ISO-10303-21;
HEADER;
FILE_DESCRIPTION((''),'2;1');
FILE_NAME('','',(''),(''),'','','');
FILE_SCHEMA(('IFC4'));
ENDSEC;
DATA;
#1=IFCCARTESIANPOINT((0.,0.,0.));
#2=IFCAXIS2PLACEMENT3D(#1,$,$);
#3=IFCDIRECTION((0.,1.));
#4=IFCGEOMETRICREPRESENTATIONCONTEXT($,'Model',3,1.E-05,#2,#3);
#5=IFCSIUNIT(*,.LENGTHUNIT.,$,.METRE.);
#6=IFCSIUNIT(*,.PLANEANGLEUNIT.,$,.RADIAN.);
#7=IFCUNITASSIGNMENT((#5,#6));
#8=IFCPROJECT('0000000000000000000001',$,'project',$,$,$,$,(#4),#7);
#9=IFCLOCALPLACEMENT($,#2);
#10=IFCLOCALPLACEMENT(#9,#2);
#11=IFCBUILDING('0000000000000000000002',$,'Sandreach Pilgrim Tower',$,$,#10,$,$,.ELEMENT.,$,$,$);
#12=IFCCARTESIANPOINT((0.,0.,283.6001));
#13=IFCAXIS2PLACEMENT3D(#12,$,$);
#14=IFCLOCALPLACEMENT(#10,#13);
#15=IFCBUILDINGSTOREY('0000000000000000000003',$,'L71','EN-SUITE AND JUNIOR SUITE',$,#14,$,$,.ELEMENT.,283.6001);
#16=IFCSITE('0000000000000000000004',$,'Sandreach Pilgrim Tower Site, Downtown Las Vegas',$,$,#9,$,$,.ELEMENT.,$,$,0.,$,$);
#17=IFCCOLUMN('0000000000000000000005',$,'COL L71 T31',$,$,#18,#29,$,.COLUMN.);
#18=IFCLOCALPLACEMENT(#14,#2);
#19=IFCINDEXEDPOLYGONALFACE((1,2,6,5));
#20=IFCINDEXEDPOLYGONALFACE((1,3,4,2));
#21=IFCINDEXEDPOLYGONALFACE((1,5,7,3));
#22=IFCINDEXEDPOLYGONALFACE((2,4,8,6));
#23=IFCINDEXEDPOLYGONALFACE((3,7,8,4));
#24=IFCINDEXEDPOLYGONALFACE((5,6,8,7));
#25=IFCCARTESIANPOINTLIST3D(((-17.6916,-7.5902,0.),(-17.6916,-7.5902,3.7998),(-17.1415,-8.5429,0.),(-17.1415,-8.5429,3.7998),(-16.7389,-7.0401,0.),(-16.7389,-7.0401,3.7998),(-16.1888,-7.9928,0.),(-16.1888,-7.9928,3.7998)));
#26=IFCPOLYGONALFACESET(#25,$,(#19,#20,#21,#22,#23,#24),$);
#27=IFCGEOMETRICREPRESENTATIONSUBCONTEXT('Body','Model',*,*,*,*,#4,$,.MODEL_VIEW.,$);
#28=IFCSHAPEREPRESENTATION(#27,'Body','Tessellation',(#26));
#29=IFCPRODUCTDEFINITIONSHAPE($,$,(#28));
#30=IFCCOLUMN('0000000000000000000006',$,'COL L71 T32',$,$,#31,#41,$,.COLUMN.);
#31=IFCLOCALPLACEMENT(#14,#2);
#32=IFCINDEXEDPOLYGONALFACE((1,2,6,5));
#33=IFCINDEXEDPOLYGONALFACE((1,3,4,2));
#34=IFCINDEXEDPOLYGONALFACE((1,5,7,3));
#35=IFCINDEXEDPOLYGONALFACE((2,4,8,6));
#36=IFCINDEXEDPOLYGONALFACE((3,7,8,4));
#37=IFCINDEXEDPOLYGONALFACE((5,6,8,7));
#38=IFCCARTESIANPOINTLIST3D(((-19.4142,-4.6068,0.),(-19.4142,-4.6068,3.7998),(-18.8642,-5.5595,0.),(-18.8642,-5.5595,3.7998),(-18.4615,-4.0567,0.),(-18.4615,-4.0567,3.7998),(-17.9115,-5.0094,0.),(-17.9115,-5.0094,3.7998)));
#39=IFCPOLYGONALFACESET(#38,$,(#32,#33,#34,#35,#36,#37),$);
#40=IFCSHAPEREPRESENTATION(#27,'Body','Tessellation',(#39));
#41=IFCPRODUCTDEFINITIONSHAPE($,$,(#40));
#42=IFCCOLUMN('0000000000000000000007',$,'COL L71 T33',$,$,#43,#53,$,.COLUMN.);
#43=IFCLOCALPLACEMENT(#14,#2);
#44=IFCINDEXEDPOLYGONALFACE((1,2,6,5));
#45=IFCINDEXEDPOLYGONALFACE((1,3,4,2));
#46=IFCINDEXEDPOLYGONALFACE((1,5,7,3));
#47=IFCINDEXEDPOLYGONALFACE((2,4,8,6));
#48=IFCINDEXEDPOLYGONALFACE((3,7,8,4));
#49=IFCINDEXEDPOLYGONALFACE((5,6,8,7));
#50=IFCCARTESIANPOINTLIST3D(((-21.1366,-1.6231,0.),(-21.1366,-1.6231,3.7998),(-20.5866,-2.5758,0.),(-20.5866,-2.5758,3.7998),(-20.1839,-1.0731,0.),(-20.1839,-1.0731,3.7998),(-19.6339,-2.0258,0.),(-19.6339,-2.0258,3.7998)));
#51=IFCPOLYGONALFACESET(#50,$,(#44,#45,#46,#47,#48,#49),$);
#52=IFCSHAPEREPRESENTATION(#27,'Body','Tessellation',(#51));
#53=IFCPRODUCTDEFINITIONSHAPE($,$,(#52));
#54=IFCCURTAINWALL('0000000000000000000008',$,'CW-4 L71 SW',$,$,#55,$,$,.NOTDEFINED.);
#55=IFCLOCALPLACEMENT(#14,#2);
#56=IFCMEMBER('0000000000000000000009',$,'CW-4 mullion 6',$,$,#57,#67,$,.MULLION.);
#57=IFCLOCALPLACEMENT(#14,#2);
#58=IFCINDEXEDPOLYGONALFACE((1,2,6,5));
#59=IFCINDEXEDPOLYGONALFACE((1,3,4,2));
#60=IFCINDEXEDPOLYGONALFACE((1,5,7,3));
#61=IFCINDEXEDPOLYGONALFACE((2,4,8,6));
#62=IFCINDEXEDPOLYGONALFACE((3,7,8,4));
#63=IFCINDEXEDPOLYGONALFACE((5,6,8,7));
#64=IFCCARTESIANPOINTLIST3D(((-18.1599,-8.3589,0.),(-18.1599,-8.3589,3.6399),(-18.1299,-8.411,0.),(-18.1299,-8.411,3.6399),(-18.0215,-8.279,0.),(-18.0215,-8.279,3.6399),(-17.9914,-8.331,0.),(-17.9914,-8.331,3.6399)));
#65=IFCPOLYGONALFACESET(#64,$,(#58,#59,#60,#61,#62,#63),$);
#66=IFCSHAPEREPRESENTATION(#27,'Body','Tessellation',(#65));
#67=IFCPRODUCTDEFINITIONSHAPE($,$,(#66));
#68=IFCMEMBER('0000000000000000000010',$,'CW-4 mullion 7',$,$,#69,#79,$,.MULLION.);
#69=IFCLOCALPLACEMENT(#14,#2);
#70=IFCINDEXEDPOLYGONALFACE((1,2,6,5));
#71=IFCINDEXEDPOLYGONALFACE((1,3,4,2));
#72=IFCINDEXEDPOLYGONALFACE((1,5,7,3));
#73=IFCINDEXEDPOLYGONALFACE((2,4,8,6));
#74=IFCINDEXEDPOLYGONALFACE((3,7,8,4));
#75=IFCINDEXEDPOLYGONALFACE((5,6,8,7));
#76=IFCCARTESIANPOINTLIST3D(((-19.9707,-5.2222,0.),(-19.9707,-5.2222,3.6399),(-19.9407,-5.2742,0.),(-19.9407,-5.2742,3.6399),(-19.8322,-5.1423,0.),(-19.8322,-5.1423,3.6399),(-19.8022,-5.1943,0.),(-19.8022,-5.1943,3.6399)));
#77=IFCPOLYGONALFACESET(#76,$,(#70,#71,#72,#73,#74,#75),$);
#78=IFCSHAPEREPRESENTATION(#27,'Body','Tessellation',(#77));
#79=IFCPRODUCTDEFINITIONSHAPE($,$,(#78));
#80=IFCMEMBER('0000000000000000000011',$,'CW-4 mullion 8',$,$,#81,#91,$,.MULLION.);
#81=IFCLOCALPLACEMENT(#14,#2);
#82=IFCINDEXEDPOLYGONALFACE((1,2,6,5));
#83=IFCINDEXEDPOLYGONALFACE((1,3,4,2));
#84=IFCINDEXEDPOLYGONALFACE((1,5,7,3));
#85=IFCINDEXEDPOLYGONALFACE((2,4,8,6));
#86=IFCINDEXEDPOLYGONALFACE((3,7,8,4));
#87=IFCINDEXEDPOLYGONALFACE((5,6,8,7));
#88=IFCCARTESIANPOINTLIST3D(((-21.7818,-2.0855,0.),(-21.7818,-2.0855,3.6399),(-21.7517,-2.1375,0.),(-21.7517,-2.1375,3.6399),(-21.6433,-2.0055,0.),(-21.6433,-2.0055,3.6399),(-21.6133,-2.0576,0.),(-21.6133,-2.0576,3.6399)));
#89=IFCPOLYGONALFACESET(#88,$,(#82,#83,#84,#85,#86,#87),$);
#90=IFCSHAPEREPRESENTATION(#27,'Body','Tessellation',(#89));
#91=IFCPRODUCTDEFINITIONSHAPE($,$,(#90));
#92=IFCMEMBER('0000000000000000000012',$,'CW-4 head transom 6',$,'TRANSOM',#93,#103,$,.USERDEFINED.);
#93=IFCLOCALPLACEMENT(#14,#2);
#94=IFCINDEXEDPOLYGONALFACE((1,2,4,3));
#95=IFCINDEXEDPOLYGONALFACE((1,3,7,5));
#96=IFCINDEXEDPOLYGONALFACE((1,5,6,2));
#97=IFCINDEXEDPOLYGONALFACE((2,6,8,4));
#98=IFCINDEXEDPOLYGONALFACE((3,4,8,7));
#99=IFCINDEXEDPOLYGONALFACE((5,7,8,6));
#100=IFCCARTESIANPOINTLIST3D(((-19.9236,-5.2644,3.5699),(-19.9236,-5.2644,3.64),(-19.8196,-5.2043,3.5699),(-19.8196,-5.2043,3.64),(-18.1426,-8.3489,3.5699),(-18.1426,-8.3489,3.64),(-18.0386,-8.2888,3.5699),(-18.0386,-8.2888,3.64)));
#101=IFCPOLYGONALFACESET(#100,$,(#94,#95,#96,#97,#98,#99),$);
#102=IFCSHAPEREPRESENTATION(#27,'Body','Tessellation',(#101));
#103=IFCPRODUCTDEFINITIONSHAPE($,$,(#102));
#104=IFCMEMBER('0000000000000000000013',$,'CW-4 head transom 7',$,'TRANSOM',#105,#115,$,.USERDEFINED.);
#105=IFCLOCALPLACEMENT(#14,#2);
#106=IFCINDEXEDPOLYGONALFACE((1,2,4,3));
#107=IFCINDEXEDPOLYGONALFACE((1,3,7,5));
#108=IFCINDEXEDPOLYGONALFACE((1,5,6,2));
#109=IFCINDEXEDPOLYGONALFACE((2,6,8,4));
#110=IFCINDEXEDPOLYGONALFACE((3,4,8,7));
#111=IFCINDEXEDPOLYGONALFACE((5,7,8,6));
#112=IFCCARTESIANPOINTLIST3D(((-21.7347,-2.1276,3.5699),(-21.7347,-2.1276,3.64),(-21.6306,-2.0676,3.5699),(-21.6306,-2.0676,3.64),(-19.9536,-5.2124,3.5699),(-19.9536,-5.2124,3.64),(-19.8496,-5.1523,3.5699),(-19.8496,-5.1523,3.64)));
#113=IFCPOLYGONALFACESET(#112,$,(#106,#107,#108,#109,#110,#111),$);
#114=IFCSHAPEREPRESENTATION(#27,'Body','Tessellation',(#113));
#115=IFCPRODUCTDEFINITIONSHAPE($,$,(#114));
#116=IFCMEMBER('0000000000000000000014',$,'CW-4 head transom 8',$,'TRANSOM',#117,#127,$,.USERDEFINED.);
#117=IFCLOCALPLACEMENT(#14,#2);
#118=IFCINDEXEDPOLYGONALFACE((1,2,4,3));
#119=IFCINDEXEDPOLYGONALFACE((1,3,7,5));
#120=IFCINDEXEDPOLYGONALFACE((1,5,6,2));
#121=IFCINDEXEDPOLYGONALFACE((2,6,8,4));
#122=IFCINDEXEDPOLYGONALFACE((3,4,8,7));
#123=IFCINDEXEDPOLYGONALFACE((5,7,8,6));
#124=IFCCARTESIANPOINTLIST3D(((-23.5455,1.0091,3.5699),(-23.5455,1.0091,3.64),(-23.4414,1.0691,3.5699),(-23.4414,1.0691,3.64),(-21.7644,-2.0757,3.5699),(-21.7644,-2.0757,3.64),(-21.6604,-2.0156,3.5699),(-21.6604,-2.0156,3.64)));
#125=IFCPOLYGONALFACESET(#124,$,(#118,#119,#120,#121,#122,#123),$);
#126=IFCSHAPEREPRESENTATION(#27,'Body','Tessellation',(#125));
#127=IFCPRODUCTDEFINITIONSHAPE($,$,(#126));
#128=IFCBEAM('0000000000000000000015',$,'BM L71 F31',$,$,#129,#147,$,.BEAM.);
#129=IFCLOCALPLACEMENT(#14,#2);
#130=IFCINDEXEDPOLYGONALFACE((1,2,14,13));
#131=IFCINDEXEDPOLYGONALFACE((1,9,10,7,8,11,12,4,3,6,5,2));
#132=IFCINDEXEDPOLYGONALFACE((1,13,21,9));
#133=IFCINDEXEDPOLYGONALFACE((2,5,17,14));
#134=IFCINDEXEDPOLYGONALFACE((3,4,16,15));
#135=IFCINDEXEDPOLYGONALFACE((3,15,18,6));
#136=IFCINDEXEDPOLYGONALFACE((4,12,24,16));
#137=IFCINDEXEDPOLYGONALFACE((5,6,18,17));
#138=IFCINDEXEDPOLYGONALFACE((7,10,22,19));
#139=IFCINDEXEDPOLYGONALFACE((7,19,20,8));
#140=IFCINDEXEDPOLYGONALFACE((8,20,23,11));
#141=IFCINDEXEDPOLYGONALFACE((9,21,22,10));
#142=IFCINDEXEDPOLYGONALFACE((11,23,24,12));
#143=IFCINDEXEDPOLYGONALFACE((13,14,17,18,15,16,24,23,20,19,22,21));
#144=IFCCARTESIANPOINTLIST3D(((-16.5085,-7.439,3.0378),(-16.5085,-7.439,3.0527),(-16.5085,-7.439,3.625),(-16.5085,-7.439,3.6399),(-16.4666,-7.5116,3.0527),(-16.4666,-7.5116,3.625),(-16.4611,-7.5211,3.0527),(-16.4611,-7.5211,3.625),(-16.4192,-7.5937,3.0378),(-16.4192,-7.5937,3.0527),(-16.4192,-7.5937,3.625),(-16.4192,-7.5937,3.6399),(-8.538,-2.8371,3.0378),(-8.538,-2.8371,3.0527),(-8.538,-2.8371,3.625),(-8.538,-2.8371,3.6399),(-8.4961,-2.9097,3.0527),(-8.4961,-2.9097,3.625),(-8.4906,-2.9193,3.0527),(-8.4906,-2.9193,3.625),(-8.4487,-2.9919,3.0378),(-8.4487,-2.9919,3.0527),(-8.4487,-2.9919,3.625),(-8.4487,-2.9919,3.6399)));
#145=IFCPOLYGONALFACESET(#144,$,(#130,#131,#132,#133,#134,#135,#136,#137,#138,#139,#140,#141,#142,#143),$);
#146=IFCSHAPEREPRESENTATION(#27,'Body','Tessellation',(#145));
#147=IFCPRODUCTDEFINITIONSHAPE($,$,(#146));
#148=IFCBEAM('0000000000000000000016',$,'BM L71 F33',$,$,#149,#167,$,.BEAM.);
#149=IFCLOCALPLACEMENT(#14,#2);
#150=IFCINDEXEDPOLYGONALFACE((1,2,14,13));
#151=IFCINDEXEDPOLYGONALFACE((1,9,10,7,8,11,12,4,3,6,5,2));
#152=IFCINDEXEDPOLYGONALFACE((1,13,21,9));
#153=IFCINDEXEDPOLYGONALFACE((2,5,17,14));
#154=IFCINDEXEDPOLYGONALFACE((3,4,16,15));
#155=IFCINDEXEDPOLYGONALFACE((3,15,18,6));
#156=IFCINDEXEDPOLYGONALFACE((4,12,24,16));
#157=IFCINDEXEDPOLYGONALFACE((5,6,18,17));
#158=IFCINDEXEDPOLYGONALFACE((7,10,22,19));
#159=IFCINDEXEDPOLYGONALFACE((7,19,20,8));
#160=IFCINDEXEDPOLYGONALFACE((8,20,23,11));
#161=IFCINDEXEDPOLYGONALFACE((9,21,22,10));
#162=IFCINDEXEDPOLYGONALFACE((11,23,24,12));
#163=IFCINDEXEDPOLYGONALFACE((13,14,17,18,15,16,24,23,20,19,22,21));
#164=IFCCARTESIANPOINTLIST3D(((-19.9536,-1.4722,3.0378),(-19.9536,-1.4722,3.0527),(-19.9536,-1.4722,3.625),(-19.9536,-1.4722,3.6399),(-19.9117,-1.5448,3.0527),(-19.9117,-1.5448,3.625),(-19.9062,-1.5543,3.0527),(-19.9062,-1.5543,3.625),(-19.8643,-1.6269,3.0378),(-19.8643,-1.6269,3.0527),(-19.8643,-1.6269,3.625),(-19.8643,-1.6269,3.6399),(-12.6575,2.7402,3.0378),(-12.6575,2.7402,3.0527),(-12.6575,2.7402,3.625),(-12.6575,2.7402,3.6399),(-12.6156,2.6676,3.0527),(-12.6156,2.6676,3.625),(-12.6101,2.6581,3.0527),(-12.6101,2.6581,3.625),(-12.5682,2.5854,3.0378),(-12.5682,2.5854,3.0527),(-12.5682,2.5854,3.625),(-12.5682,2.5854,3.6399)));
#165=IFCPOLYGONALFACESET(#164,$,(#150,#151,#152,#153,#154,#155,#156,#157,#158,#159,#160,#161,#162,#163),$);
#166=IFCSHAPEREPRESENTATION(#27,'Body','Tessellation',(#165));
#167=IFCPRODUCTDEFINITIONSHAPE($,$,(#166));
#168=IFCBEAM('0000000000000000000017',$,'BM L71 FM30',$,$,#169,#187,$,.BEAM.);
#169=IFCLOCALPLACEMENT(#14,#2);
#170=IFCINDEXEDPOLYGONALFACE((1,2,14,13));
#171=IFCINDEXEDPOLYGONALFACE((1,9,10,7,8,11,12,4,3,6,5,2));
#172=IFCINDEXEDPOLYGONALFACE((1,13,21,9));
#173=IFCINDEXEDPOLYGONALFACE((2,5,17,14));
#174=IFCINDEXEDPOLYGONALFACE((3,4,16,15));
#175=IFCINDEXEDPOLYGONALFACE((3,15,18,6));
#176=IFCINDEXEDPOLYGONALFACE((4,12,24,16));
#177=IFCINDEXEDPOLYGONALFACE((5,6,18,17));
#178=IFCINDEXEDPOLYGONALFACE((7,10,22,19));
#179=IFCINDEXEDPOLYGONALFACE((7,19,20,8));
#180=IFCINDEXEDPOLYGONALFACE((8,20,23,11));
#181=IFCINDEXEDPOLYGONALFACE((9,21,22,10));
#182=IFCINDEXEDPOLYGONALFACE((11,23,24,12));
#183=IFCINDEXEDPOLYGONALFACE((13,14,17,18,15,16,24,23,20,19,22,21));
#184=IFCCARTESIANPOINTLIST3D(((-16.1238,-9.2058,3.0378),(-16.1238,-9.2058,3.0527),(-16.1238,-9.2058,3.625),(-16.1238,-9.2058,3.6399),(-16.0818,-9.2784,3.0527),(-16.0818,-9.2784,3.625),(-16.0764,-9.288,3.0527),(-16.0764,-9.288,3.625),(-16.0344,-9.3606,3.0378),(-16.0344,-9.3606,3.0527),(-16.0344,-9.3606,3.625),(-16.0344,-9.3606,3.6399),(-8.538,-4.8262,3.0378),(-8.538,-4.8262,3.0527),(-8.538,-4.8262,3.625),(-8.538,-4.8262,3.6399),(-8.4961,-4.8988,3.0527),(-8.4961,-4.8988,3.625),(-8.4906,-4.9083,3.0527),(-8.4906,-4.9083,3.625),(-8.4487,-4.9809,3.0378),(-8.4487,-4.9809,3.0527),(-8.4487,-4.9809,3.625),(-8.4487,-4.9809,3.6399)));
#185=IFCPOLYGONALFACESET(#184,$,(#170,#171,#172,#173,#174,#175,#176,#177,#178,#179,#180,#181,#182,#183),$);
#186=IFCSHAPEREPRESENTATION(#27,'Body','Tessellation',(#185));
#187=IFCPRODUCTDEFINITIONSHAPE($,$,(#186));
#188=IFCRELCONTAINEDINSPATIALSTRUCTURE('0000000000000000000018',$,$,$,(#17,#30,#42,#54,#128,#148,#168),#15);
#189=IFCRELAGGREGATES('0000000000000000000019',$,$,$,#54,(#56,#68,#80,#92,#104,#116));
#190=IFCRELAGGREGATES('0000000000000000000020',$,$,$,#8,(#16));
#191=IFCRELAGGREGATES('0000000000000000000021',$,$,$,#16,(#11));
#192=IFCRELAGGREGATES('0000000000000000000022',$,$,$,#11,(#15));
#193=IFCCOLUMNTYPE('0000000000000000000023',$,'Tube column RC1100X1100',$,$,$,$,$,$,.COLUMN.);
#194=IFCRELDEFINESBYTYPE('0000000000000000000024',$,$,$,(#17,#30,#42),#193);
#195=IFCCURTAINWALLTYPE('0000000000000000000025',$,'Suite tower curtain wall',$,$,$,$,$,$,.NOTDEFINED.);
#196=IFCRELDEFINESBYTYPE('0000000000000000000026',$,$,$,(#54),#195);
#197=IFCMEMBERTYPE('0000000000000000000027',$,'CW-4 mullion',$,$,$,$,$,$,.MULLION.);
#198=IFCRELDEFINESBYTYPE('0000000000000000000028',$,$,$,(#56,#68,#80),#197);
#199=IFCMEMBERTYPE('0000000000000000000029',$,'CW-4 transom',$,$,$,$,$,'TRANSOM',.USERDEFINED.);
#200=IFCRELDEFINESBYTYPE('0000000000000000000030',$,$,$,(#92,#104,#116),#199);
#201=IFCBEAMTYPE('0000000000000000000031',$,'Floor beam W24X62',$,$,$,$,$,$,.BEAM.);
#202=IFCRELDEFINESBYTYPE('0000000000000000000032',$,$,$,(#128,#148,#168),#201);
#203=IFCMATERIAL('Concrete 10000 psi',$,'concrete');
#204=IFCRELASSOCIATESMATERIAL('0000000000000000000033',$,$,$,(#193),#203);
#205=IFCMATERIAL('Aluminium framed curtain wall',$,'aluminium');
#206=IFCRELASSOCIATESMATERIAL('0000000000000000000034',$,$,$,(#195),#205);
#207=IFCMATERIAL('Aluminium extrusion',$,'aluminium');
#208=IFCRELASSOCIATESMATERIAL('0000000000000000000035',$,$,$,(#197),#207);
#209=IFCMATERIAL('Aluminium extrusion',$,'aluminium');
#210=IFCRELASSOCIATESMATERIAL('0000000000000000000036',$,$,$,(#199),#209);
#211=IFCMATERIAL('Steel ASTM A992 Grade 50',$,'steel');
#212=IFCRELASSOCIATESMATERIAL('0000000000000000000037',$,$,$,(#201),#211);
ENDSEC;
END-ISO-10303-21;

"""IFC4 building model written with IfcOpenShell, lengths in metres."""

from ifc_helpers import new_model, si_unit, direction, frame, origin, origin_2d, place, context, subcontext, project, spatial, rectangle, i_section, extrude, material, material_profile, profile_set, type_object, element, aggregate, save


model = new_model("IFC4")

# Units and contexts
model_context = context("Model", 3, precision=1e-05, world=origin(), true_north=direction((0.0, 1.0)))
body_context = subcontext(model_context, "Body", "Model", "MODEL_VIEW")
ifc_project = project(units=[si_unit("LENGTHUNIT", "METRE"), si_unit("PLANEANGLEUNIT", "RADIAN")], contexts=[model_context])

# Site, building, storey
site_placement = place(None, origin())
site = spatial("IfcSite", under=ifc_project, at=site_placement, Name="Sandreach Pilgrim Tower Site, Downtown Las Vegas", CompositionType="ELEMENT", RefElevation=0.0)
building_placement = place(site_placement, origin())
building = spatial("IfcBuilding", under=site, at=building_placement, Name="Sandreach Pilgrim Tower", CompositionType="ELEMENT")
storey_placement = place(building_placement, frame((0.0, 0.0, 283.6001)))
storey = spatial("IfcBuildingStorey", under=building, at=storey_placement, Name="L71", Description="EN-SUITE AND JUNIOR SUITE", CompositionType="ELEMENT", Elevation=283.6001)

# Columns
ifc_material_1 = material(Name="Concrete 10000 psi", Category="concrete")
ifc_material_profile_1 = material_profile(ifc_material_1, rectangle(XDim=1.1001, YDim=1.1001, at=origin_2d()), Name="RC1100X1100")
ifc_profile_set_1 = profile_set([ifc_material_profile_1], Name="Concrete 10000 psi")
column_type = type_object("IfcColumnType", Name="Tube column RC1100X1100", PredefinedType="COLUMN", material=ifc_profile_set_1)
for number, where, z_axis, x_axis, name in (
    (1, (-16.9402, -7.7915, 0.0), (0.0, 0.0, 1.0), (-0.866025, -0.5, 0.0), "COL L71 T31"),
    (2, (-18.6628, -4.8081, 0.0), (0.0, 0.0, 1.0), (-0.866025, -0.5, 0.0), "COL L71 T32"),
    (3, (-20.3853, -1.8245, 0.0), (0.0, 0.0, 1.0), (-0.866025, -0.5, 0.0), "COL L71 T33"),
):
    element("IfcColumn", number, at=place(storey_placement, frame(where, z_axis=z_axis, x_axis=x_axis)), inside=storey, type_object=column_type, Name=name, PredefinedType="COLUMN", context=body_context, shape_type="SweptSolid", body=[
        extrude(rectangle(XDim=1.1001, YDim=1.1001, at=origin_2d()), origin(), (0.0, 0.0, 1.0), 3.7998),
    ])

# Curtain wall, members
ifc_material_2 = material(Name="Aluminium framed curtain wall", Category="aluminium")
curtain_wall_type = type_object("IfcCurtainWallType", Name="Suite tower curtain wall", PredefinedType="NOTDEFINED", material=ifc_material_2)
curtain_wall_placement = place(storey_placement, origin())
curtain_wall = element("IfcCurtainWall", 4, at=curtain_wall_placement, inside=storey, type_object=curtain_wall_type, Name="CW-4 L71 SW", PredefinedType="NOTDEFINED")
ifc_material_3 = material(Name="Aluminium extrusion", Category="aluminium")
ifc_material_profile_2 = material_profile(ifc_material_3, rectangle(XDim=0.0601, YDim=0.1599, at=origin_2d()), Name="CW-4M 60X160")
ifc_profile_set_2 = profile_set([ifc_material_profile_2], Name="Aluminium extrusion")
member_type_1 = type_object("IfcMemberType", Name="CW-4 mullion", PredefinedType="MULLION", material=ifc_profile_set_2)
member_1_placement = place(storey_placement, frame((-18.0757, -8.345, 0.0), z_axis=(0.0, 0.0, 1.0), x_axis=(-0.5, 0.866025, 0.0)))
member_1 = element("IfcMember", 5, at=member_1_placement, type_object=member_type_1, Name="CW-4 mullion 6", PredefinedType="MULLION", context=body_context, shape_type="SweptSolid", body=[
    extrude(rectangle(XDim=0.0601, YDim=0.1599, at=origin_2d()), origin(), (0.0, 0.0, 1.0), 3.6399),
])
member_2_placement = place(storey_placement, frame((-19.8865, -5.2083, 0.0), z_axis=(0.0, 0.0, 1.0), x_axis=(-0.5, 0.866025, 0.0)))
member_2 = element("IfcMember", 6, at=member_2_placement, type_object=member_type_1, Name="CW-4 mullion 7", PredefinedType="MULLION", context=body_context, shape_type="SweptSolid", body=[
    extrude(rectangle(XDim=0.0601, YDim=0.1599, at=origin_2d()), origin(), (0.0, 0.0, 1.0), 3.6399),
])
member_3_placement = place(storey_placement, frame((-21.6975, -2.0715, 0.0), z_axis=(0.0, 0.0, 1.0), x_axis=(-0.5, 0.866025, 0.0)))
member_3 = element("IfcMember", 7, at=member_3_placement, type_object=member_type_1, Name="CW-4 mullion 8", PredefinedType="MULLION", context=body_context, shape_type="SweptSolid", body=[
    extrude(rectangle(XDim=0.0601, YDim=0.1599, at=origin_2d()), origin(), (0.0, 0.0, 1.0), 3.6399),
])
ifc_material_4 = material(Name="Aluminium extrusion", Category="aluminium")
ifc_material_profile_3 = material_profile(ifc_material_4, rectangle(XDim=0.1201, YDim=0.0701, at=origin_2d()), Name="CW-4T 120X70")
ifc_profile_set_3 = profile_set([ifc_material_profile_3], Name="Aluminium extrusion")
member_type_2 = type_object("IfcMemberType", Name="CW-4 transom", ElementType="TRANSOM", PredefinedType="USERDEFINED", material=ifc_profile_set_3)
member_4_placement = place(storey_placement, frame((-18.0906, -8.3188, 3.605), z_axis=(-0.500039, 0.866003, 0.0), x_axis=(-0.866003, -0.500039, 0.0)))
member_4 = element("IfcMember", 8, at=member_4_placement, type_object=member_type_2, Name="CW-4 head transom 6", ObjectType="TRANSOM", PredefinedType="USERDEFINED", context=body_context, shape_type="SweptSolid", body=[
    extrude(rectangle(XDim=0.1201, YDim=0.0701, at=origin_2d()), origin(), (0.0, 0.0, 1.0), 3.5618),
])
member_5_placement = place(storey_placement, frame((-19.9016, -5.1824, 3.605), z_axis=(-0.500009, 0.86602, 0.0), x_axis=(-0.86602, -0.500009, 0.0)))
member_5 = element("IfcMember", 9, at=member_5_placement, type_object=member_type_2, Name="CW-4 head transom 7", ObjectType="TRANSOM", PredefinedType="USERDEFINED", context=body_context, shape_type="SweptSolid", body=[
    extrude(rectangle(XDim=0.1201, YDim=0.0701, at=origin_2d()), origin(), (0.0, 0.0, 1.0), 3.562),
])
member_6_placement = place(storey_placement, frame((-21.7124, -2.0457, 3.605), z_axis=(-0.500009, 0.86602, 0.0), x_axis=(-0.86602, -0.500009, 0.0)))
member_6 = element("IfcMember", 10, at=member_6_placement, type_object=member_type_2, Name="CW-4 head transom 8", ObjectType="TRANSOM", PredefinedType="USERDEFINED", context=body_context, shape_type="SweptSolid", body=[
    extrude(rectangle(XDim=0.1201, YDim=0.0701, at=origin_2d()), origin(), (0.0, 0.0, 1.0), 3.562),
])

# Beams
ifc_material_5 = material(Name="Steel ASTM A992 Grade 50", Category="steel")
ifc_material_profile_4 = material_profile(ifc_material_5, i_section(OverallWidth=0.1787, OverallDepth=0.6021, WebThickness=0.011, FlangeThickness=0.0149, at=origin_2d()), Name="W24X62")
ifc_profile_set_4 = profile_set([ifc_material_profile_4], Name="Steel ASTM A992 Grade 50")
beam_type_1 = type_object("IfcBeamType", Name="Floor beam W24X62", PredefinedType="BEAM", material=ifc_profile_set_4)
beam_1_placement = place(storey_placement, frame((-16.4639, -7.5164, 3.3389), z_axis=(0.866023, 0.500005, 0.0), x_axis=(-0.500005, 0.866023, 0.0)))
element("IfcBeam", 11, at=beam_1_placement, inside=storey, type_object=beam_type_1, Name="BM L71 F31", PredefinedType="BEAM", context=body_context, shape_type="SweptSolid", body=[
    extrude(i_section(OverallWidth=0.1787, OverallDepth=0.6021, WebThickness=0.011, FlangeThickness=0.0149, at=origin_2d()), origin(), (0.0, 0.0, 1.0), 9.2036),
])
beam_2_placement = place(storey_placement, frame((-19.9089, -1.5496, 3.3389), z_axis=(0.866027, 0.499998, 0.0), x_axis=(-0.499998, 0.866027, 0.0)))
element("IfcBeam", 12, at=beam_2_placement, inside=storey, type_object=beam_type_1, Name="BM L71 F33", PredefinedType="BEAM", context=body_context, shape_type="SweptSolid", body=[
    extrude(i_section(OverallWidth=0.1787, OverallDepth=0.6021, WebThickness=0.011, FlangeThickness=0.0149, at=origin_2d()), origin(), (0.0, 0.0, 1.0), 8.4248),
])
beam_3_placement = place(storey_placement, frame((-16.0791, -9.2832, 3.3389), z_axis=(0.866024, 0.500003, 0.0), x_axis=(-0.500003, 0.866024, 0.0)))
element("IfcBeam", 13, at=beam_3_placement, inside=storey, type_object=beam_type_1, Name="BM L71 FM30", PredefinedType="BEAM", context=body_context, shape_type="SweptSolid", body=[
    extrude(i_section(OverallWidth=0.1787, OverallDepth=0.6021, WebThickness=0.011, FlangeThickness=0.0149, at=origin_2d()), origin(), (0.0, 0.0, 1.0), 8.7593),
])

aggregate(curtain_wall, [member_1, member_2, member_3, member_4, member_5, member_6])

save(model, "model.ifc")
